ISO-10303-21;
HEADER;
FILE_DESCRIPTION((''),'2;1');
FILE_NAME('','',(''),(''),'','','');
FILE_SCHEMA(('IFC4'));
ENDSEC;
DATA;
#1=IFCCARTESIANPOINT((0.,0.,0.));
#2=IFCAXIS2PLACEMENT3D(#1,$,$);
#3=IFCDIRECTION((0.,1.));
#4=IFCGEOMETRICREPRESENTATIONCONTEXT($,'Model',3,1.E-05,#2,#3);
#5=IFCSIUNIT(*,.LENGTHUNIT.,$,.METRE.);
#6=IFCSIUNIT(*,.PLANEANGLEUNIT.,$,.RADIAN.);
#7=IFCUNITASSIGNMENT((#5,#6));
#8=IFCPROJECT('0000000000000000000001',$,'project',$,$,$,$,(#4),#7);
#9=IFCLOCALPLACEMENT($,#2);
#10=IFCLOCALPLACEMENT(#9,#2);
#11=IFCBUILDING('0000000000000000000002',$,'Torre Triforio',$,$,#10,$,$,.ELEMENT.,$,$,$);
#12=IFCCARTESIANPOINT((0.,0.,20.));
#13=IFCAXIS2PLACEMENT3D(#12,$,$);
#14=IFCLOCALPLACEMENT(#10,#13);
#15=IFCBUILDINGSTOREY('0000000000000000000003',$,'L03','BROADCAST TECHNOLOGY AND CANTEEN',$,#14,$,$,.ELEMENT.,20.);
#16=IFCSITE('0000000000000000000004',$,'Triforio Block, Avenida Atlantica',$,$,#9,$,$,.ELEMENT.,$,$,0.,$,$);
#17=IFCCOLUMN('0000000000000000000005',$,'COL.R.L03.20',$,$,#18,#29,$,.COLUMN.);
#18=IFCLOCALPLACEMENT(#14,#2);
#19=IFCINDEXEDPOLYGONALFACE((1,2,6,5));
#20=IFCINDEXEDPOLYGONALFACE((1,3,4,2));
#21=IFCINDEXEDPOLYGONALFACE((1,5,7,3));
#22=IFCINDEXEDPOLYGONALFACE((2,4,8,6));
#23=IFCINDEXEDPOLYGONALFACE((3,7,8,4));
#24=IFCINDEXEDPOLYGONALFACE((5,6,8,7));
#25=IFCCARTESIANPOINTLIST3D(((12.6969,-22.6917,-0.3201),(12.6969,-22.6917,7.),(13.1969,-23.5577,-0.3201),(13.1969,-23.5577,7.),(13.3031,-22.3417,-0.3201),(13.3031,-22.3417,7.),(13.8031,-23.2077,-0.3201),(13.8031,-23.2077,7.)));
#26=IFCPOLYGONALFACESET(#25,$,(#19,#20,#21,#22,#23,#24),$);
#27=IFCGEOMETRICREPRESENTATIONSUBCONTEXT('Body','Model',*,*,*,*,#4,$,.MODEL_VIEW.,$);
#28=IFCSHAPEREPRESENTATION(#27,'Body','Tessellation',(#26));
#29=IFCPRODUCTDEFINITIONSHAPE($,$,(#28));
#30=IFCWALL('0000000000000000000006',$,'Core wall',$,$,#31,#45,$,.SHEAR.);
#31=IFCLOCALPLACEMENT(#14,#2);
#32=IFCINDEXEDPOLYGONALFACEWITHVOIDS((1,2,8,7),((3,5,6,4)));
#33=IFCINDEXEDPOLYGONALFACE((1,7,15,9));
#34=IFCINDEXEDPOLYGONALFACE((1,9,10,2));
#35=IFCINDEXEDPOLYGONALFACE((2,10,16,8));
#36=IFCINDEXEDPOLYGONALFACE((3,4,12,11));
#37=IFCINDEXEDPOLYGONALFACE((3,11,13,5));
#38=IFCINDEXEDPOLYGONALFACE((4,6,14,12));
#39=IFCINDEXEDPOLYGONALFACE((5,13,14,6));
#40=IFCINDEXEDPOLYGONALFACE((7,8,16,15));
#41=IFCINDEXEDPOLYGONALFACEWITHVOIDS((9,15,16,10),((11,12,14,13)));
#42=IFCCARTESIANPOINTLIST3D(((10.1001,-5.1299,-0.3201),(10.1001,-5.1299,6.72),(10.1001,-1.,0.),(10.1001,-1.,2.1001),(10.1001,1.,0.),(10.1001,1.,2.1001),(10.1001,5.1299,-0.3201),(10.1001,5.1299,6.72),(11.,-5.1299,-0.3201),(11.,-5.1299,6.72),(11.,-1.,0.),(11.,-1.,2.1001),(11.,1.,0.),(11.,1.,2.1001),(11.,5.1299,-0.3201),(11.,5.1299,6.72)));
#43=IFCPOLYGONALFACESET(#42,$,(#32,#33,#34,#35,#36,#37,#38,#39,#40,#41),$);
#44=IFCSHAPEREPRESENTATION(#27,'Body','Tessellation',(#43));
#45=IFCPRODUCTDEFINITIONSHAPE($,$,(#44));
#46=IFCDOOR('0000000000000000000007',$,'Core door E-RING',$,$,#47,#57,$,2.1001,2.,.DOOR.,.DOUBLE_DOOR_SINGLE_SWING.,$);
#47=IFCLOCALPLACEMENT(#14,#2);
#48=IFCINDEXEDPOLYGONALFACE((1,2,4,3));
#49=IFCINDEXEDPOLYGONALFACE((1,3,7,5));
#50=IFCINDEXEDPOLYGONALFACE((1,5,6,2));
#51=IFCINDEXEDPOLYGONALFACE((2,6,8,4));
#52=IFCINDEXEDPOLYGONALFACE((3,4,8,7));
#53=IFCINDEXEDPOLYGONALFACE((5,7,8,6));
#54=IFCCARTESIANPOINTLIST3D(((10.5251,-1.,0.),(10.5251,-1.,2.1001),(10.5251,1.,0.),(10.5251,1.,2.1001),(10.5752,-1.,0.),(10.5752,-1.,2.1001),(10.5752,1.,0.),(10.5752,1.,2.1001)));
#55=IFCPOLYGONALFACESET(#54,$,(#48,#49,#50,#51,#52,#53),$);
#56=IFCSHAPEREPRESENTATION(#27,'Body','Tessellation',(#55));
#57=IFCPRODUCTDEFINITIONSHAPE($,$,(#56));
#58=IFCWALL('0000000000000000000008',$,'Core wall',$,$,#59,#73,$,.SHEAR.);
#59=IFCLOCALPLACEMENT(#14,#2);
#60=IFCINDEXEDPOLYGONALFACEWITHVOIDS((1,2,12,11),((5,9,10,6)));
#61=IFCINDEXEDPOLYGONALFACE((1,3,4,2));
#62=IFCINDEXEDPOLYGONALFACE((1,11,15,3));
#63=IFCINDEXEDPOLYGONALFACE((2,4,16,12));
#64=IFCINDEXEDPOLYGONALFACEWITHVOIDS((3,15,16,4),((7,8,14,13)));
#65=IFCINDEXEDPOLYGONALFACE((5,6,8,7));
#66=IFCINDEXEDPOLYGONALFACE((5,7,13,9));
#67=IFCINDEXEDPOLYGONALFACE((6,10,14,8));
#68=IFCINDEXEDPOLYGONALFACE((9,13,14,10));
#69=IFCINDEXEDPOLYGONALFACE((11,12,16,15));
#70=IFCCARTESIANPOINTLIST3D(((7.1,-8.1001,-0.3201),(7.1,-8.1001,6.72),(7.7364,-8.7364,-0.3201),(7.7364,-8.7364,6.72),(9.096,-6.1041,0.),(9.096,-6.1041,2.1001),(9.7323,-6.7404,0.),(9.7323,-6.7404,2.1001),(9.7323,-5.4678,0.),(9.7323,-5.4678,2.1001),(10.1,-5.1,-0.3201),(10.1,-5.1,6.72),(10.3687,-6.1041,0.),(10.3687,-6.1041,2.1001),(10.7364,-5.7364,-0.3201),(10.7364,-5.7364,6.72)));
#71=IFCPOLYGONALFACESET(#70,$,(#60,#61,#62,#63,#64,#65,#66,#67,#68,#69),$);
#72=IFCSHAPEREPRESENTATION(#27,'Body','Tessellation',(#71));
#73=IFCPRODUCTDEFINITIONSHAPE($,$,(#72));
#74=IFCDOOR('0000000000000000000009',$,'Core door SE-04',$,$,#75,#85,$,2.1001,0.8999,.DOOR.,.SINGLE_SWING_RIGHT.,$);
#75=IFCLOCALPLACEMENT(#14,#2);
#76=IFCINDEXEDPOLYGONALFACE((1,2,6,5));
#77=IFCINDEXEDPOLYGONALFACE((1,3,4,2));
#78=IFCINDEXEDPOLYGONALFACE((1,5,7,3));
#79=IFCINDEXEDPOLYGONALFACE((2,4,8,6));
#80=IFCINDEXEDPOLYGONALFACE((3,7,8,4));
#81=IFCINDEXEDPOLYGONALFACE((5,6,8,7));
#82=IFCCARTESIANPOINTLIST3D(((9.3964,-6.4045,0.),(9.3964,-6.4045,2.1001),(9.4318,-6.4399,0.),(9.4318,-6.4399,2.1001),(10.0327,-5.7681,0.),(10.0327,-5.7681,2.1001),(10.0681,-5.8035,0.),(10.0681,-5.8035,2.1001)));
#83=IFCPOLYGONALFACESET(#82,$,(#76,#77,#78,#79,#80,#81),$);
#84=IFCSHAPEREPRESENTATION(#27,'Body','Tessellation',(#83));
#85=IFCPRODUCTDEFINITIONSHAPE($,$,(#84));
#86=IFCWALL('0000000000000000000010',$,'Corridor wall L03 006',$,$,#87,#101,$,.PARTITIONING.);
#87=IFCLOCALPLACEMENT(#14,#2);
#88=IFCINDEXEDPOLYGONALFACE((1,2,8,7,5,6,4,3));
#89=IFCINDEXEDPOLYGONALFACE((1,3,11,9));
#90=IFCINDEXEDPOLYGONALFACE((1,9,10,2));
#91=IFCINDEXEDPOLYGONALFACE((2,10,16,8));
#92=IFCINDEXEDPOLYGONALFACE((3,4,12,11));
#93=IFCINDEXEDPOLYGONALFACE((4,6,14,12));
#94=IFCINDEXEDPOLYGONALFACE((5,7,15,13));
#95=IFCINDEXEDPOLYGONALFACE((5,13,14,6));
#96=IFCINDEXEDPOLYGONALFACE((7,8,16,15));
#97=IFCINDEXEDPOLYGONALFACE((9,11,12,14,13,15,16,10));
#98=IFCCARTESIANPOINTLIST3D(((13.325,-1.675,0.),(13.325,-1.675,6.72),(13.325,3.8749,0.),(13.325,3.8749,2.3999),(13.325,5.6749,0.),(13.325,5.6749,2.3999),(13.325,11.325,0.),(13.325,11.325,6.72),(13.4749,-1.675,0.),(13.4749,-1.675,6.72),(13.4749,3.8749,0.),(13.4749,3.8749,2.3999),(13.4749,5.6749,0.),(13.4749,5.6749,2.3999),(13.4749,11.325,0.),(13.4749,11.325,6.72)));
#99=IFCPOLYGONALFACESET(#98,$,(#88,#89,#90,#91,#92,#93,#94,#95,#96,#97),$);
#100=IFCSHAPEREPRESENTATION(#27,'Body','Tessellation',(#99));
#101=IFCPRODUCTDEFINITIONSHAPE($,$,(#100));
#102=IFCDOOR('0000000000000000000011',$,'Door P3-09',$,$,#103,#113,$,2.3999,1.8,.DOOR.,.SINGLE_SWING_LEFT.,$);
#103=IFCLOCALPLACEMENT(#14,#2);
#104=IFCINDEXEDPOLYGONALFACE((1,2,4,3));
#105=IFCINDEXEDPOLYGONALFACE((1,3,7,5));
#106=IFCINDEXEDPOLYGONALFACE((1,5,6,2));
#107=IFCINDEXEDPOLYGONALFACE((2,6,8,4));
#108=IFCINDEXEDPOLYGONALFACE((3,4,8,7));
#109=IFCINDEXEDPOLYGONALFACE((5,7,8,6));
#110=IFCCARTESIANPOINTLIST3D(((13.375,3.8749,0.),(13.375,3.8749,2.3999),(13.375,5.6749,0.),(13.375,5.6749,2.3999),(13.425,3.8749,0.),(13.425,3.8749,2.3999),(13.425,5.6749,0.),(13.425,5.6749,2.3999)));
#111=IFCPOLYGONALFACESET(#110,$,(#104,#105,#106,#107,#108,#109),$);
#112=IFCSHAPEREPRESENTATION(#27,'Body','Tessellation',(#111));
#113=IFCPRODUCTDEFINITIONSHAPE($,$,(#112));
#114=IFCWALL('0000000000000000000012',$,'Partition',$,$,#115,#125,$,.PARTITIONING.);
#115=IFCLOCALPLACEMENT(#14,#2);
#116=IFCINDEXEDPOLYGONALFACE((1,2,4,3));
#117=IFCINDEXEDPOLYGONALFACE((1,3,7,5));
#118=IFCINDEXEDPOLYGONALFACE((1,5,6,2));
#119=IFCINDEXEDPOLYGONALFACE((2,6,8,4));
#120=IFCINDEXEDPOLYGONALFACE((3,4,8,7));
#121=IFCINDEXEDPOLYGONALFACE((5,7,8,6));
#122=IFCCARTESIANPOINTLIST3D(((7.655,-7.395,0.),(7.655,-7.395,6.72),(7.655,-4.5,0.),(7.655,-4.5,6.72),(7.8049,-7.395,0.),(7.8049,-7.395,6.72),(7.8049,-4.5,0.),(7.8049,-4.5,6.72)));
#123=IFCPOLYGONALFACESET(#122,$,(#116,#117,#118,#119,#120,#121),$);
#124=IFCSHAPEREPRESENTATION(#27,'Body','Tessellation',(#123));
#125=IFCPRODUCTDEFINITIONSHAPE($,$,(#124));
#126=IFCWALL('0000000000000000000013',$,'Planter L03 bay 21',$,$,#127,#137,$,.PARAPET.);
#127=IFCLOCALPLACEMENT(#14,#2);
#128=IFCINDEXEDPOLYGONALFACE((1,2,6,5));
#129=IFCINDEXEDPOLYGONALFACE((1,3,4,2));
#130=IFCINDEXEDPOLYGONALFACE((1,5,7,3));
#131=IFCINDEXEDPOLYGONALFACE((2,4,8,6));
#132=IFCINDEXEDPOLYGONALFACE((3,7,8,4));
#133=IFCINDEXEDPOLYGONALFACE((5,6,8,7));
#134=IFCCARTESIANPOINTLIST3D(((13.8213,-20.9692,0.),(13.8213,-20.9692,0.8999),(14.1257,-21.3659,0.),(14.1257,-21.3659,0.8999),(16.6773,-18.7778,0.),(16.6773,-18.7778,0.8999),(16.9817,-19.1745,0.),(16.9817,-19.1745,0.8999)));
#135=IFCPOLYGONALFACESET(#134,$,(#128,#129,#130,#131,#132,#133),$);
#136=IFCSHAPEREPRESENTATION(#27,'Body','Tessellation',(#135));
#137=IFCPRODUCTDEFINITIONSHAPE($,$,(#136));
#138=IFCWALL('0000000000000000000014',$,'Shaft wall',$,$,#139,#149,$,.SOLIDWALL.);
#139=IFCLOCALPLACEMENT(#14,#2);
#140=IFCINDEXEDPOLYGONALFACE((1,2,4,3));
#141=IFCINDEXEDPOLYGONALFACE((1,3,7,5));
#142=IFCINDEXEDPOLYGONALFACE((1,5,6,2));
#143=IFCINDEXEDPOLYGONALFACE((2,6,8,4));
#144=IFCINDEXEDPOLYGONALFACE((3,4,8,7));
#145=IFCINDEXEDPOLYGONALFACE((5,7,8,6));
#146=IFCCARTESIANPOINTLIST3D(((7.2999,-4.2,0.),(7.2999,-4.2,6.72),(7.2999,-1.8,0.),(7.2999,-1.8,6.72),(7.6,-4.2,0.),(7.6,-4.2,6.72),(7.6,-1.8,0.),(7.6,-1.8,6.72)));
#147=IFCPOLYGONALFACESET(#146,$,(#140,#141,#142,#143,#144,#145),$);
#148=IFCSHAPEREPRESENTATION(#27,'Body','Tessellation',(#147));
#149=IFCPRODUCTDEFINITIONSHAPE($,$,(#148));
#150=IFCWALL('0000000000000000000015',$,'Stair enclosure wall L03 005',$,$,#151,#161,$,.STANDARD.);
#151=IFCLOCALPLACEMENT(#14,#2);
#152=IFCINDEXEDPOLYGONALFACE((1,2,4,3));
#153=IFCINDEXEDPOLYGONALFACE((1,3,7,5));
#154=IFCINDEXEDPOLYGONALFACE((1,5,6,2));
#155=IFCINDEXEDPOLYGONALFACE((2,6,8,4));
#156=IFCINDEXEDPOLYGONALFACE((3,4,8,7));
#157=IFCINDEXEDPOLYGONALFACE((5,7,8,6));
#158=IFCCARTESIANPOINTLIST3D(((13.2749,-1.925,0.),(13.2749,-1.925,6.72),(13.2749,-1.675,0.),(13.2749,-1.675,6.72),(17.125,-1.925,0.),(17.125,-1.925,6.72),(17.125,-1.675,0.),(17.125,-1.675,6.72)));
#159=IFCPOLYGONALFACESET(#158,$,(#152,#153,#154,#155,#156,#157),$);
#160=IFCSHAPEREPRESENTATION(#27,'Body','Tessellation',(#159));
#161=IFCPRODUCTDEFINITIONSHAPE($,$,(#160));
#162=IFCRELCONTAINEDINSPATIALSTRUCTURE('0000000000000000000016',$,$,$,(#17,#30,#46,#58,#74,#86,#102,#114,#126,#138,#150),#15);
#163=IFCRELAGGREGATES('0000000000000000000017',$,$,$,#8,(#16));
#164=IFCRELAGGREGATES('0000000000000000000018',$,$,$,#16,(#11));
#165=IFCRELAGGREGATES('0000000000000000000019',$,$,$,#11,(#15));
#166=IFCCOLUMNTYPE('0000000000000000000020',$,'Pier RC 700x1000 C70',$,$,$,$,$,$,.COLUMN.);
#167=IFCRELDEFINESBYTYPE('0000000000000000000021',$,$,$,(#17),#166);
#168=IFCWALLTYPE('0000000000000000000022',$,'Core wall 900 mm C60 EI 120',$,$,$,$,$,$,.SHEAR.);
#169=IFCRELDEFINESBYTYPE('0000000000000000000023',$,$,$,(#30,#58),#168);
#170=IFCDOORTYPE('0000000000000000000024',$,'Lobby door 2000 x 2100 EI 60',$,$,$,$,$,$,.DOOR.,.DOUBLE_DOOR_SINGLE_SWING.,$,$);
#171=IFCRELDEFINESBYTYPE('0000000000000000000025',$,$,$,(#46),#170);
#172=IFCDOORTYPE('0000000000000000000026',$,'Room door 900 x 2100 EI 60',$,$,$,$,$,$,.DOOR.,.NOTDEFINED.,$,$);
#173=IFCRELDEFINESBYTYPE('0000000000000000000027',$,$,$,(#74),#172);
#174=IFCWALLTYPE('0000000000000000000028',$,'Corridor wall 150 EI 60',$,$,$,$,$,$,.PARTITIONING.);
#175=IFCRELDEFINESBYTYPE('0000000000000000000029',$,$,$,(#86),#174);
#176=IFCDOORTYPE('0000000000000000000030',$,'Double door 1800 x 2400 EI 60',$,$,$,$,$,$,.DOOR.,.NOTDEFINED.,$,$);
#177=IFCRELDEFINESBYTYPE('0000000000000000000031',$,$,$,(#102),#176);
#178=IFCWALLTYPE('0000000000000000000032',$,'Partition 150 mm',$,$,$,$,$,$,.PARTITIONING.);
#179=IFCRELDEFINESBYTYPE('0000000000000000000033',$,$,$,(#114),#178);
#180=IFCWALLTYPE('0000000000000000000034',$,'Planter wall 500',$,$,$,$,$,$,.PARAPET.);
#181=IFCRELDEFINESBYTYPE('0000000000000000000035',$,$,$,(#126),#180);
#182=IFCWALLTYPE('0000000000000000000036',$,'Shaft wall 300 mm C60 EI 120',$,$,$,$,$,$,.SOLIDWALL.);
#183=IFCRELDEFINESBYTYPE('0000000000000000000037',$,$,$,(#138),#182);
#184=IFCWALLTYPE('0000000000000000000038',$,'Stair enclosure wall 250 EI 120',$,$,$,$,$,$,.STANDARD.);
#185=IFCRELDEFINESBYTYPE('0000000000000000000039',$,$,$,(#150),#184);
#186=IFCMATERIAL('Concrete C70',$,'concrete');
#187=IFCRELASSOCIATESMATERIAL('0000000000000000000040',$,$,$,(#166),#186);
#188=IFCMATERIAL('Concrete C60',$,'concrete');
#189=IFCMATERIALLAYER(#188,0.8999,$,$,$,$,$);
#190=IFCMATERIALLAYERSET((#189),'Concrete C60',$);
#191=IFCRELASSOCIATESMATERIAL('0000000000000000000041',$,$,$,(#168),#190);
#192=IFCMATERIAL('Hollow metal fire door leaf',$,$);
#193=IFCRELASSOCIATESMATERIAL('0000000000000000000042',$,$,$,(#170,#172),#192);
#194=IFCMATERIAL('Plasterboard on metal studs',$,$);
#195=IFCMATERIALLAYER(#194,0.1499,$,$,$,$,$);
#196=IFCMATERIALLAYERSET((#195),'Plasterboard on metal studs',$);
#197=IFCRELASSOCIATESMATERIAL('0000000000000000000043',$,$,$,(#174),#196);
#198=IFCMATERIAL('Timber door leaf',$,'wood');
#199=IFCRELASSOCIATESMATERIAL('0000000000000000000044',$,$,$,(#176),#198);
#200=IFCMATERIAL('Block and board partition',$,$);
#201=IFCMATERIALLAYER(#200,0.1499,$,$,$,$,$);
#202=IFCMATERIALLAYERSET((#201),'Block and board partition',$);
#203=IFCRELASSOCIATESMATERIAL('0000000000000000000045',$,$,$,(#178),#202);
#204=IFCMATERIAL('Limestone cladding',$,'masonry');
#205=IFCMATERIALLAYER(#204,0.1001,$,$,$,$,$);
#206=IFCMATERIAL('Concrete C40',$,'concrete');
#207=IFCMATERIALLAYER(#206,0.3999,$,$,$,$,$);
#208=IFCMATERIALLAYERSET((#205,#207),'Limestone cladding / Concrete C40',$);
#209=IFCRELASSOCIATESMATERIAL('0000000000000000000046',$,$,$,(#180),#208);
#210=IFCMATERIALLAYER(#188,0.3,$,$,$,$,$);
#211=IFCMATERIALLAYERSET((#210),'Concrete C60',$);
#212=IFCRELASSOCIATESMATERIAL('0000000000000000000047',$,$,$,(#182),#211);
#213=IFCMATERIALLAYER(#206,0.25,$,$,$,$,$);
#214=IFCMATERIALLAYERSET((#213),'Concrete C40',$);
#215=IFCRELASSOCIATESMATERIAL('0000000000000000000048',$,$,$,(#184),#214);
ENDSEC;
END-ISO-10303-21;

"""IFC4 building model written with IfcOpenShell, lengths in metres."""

from ifc_helpers import new_model, si_unit, direction, frame, frame_2d, origin, origin_2d, place, context, subcontext, project, spatial, rectangle, extrude, material, layer, layer_set, material_profile, profile_set, type_object, element, fill, save


model = new_model("IFC4")

# Units and contexts
model_context = context("Model", 3, precision=1e-05, world=origin(), true_north=direction((0.0, 1.0)))
body_context = subcontext(model_context, "Body", "Model", "MODEL_VIEW")
ifc_project = project(units=[si_unit("LENGTHUNIT", "METRE"), si_unit("PLANEANGLEUNIT", "RADIAN")], contexts=[model_context])

# Site, building, storey
site_placement = place(None, origin())
site = spatial("IfcSite", under=ifc_project, at=site_placement, Name="Triforio Block, Avenida Atlantica", CompositionType="ELEMENT", RefElevation=0.0)
building_placement = place(site_placement, origin())
building = spatial("IfcBuilding", under=site, at=building_placement, Name="Torre Triforio", CompositionType="ELEMENT")
storey_placement = place(building_placement, frame((0.0, 0.0, 20.0)))
storey = spatial("IfcBuildingStorey", under=building, at=storey_placement, Name="L03", Description="BROADCAST TECHNOLOGY AND CANTEEN", CompositionType="ELEMENT", Elevation=20.0)

# Column
ifc_material_1 = material(Name="Concrete C70", Category="concrete")
ifc_material_profile_1 = material_profile(ifc_material_1, rectangle(XDim=0.7, YDim=1.0, at=origin_2d()), Name="RC 700x1000")
ifc_profile_set_1 = profile_set([ifc_material_profile_1], Name="Concrete C70")
column_type = type_object("IfcColumnType", Name="Pier RC 700x1000 C70", PredefinedType="COLUMN", material=ifc_profile_set_1)
column_placement = place(storey_placement, frame((13.25, -22.9497, -0.3201), z_axis=(0.0, 0.0, 1.0), x_axis=(0.866025, 0.5, 0.0)))
element("IfcColumn", 1, at=column_placement, inside=storey, type_object=column_type, Name="COL.R.L03.20", PredefinedType="COLUMN", context=body_context, shape_type="SweptSolid", body=[
    extrude(rectangle(XDim=0.7, YDim=1.0, at=origin_2d()), origin(), (0.0, 0.0, 1.0), 7.3201),
])

# Walls, openings, doors
ifc_material_2 = material(Name="Concrete C60", Category="concrete")
ifc_layer_1 = layer(ifc_material_2, 0.8999)
ifc_layer_set_1 = layer_set([ifc_layer_1], Name="Concrete C60")
wall_type_1 = type_object("IfcWallType", Name="Core wall 900 mm C60 EI 120", PredefinedType="SHEAR", material=ifc_layer_set_1)
wall_1_placement = place(storey_placement, frame((10.55, -5.1299, -0.3201), z_axis=(0.0, 0.0, 1.0), x_axis=(0.0, 1.0, 0.0)))
wall_1 = element("IfcWall", 2, at=wall_1_placement, inside=storey, type_object=wall_type_1, Name="Core wall", PredefinedType="SHEAR", context=body_context, shape_type="SweptSolid", body=[
    extrude(rectangle(XDim=10.2598, YDim=0.8999, at=frame_2d((5.1299, 0.0))), origin(), (0.0, 0.0, 1.0), 7.04),
])
opening_1_placement = place(wall_1_placement, frame((4.1299, 0.0, 0.3201)))
opening_1 = element("IfcOpeningElement", 3, at=opening_1_placement, cuts=wall_1, PredefinedType="OPENING", context=body_context, shape_type="SweptSolid", body=[
    extrude(rectangle(XDim=2.0, YDim=2.1001, at=frame_2d((1.0, 1.05))), frame((0.0, 0.46, 0.0), z_axis=(0.0, -1.0, 0.0), x_axis=(1.0, 0.0, 0.0)), (0.0, 0.0, 1.0), 0.9199),
])
ifc_material_3 = material(Name="Hollow metal fire door leaf")
door_type_1 = type_object("IfcDoorType", Name="Lobby door 2000 x 2100 EI 60", OperationType="DOUBLE_DOOR_SINGLE_SWING", PredefinedType="DOOR", material=ifc_material_3)
door_1_placement = place(opening_1_placement, origin())
door_1 = element("IfcDoor", 4, at=door_1_placement, inside=storey, type_object=door_type_1, Name="Core door E-RING", OperationType="DOUBLE_DOOR_SINGLE_SWING", OverallHeight=2.1001, OverallWidth=2.0, PredefinedType="DOOR", context=body_context, shape_type="SweptSolid", body=[
    extrude(rectangle(XDim=2.0, YDim=2.1001, at=frame_2d((1.0, 1.05))), frame((0.0, 0.0249, 0.0), z_axis=(0.0, -1.0, 0.0), x_axis=(1.0, 0.0, 0.0)), (0.0, 0.0, 1.0), 0.05),
])
fill(opening_1, door_1)
wall_2_placement = place(storey_placement, frame((10.4182, -5.4182, -0.3201), z_axis=(0.0, 0.0, 1.0), x_axis=(-0.707107, -0.707107, 0.0)))
wall_2 = element("IfcWall", 5, at=wall_2_placement, inside=storey, type_object=wall_type_1, Name="Core wall", PredefinedType="SHEAR", context=body_context, shape_type="SweptSolid", body=[
    extrude(rectangle(XDim=4.2427, YDim=0.8999, at=frame_2d((2.1213, 0.0))), origin(), (0.0, 0.0, 1.0), 7.04),
])
opening_2_placement = place(wall_2_placement, frame((0.52, 0.0, 0.3201)))
opening_2 = element("IfcOpeningElement", 6, at=opening_2_placement, cuts=wall_2, PredefinedType="OPENING", context=body_context, shape_type="SweptSolid", body=[
    extrude(rectangle(XDim=0.8999, YDim=2.1001, at=frame_2d((0.45, 1.05))), frame((0.0, 0.46, 0.0), z_axis=(0.0, -1.0, 0.0), x_axis=(1.0, 0.0, 0.0)), (0.0, 0.0, 1.0), 0.9199),
])
door_type_2 = type_object("IfcDoorType", Name="Room door 900 x 2100 EI 60", OperationType="NOTDEFINED", PredefinedType="DOOR", material=ifc_material_3)
door_2_placement = place(opening_2_placement, origin())
door_2 = element("IfcDoor", 7, at=door_2_placement, inside=storey, type_object=door_type_2, Name="Core door SE-04", OperationType="SINGLE_SWING_RIGHT", OverallHeight=2.1001, OverallWidth=0.8999, PredefinedType="DOOR", context=body_context, shape_type="SweptSolid", body=[
    extrude(rectangle(XDim=0.8999, YDim=2.1001, at=frame_2d((0.45, 1.05))), frame((0.0, 0.0249, 0.0), z_axis=(0.0, -1.0, 0.0), x_axis=(1.0, 0.0, 0.0)), (0.0, 0.0, 1.0), 0.05),
])
fill(opening_2, door_2)
ifc_material_4 = material(Name="Plasterboard on metal studs")
ifc_layer_2 = layer(ifc_material_4, 0.1499)
ifc_layer_set_2 = layer_set([ifc_layer_2], Name="Plasterboard on metal studs")
wall_type_2 = type_object("IfcWallType", Name="Corridor wall 150 EI 60", PredefinedType="PARTITIONING", material=ifc_layer_set_2)
wall_3_placement = place(storey_placement, frame((13.3999, -1.675, 0.0), z_axis=(0.0, 0.0, 1.0), x_axis=(0.0, 1.0, 0.0)))
wall_3 = element("IfcWall", 8, at=wall_3_placement, inside=storey, type_object=wall_type_2, Name="Corridor wall L03 006", PredefinedType="PARTITIONING", context=body_context, shape_type="SweptSolid", body=[
    extrude(rectangle(XDim=13.0, YDim=0.1499, at=frame_2d((6.5, 0.0))), origin(), (0.0, 0.0, 1.0), 6.72),
])
opening_3_placement = place(wall_3_placement, frame((5.55, 0.0, 0.0)))
opening_3 = element("IfcOpeningElement", 9, at=opening_3_placement, cuts=wall_3, PredefinedType="OPENING", context=body_context, shape_type="SweptSolid", body=[
    extrude(rectangle(XDim=1.8, YDim=2.3999, at=frame_2d((0.8999, 1.2))), frame((0.0, 0.085, 0.0), z_axis=(0.0, -1.0, 0.0), x_axis=(1.0, 0.0, 0.0)), (0.0, 0.0, 1.0), 0.1699),
])
ifc_material_5 = material(Name="Timber door leaf", Category="wood")
door_type_3 = type_object("IfcDoorType", Name="Double door 1800 x 2400 EI 60", OperationType="NOTDEFINED", PredefinedType="DOOR", material=ifc_material_5)
door_3_placement = place(opening_3_placement, origin())
door_3 = element("IfcDoor", 10, at=door_3_placement, inside=storey, type_object=door_type_3, Name="Door P3-09", OperationType="SINGLE_SWING_LEFT", OverallHeight=2.3999, OverallWidth=1.8, PredefinedType="DOOR", context=body_context, shape_type="SweptSolid", body=[
    extrude(rectangle(XDim=1.8, YDim=2.3999, at=frame_2d((0.8999, 1.2))), frame((0.0, 0.0249, 0.0), z_axis=(0.0, -1.0, 0.0), x_axis=(1.0, 0.0, 0.0)), (0.0, 0.0, 1.0), 0.05),
])
fill(opening_3, door_3)

# Walls
ifc_material_6 = material(Name="Block and board partition")
ifc_layer_3 = layer(ifc_material_6, 0.1499)
ifc_layer_set_3 = layer_set([ifc_layer_3], Name="Block and board partition")
wall_type_3 = type_object("IfcWallType", Name="Partition 150 mm", PredefinedType="PARTITIONING", material=ifc_layer_set_3)
wall_4_placement = place(storey_placement, frame((7.73, -7.395, 0.0), z_axis=(0.0, 0.0, 1.0), x_axis=(0.0, 1.0, 0.0)))
element("IfcWall", 11, at=wall_4_placement, inside=storey, type_object=wall_type_3, Name="Partition", PredefinedType="PARTITIONING", context=body_context, shape_type="SweptSolid", body=[
    extrude(rectangle(XDim=2.895, YDim=0.1499, at=frame_2d((1.4475, 0.0))), origin(), (0.0, 0.0, 1.0), 6.72),
])
ifc_material_7 = material(Name="Limestone cladding", Category="masonry")
ifc_layer_4 = layer(ifc_material_7, 0.1001)
ifc_material_8 = material(Name="Concrete C40", Category="concrete")
ifc_layer_5 = layer(ifc_material_8, 0.3999)
ifc_layer_set_4 = layer_set([ifc_layer_4, ifc_layer_5], Name="Limestone cladding / Concrete C40")
wall_type_4 = type_object("IfcWallType", Name="Planter wall 500", PredefinedType="PARAPET", material=ifc_layer_set_4)
wall_5_placement = place(storey_placement, frame((13.9736, -21.1675, 0.0), z_axis=(0.0, 0.0, 1.0), x_axis=(0.79336, 0.608753, 0.0)))
element("IfcWall", 12, at=wall_5_placement, inside=storey, type_object=wall_type_4, Name="Planter L03 bay 21", PredefinedType="PARAPET", context=body_context, shape_type="SweptSolid", body=[
    extrude(rectangle(XDim=3.5999, YDim=0.5, at=frame_2d((1.7998, 0.0))), origin(), (0.0, 0.0, 1.0), 0.8999),
])
ifc_layer_6 = layer(ifc_material_2, 0.3)
ifc_layer_set_5 = layer_set([ifc_layer_6], Name="Concrete C60")
wall_type_5 = type_object("IfcWallType", Name="Shaft wall 300 mm C60 EI 120", PredefinedType="SOLIDWALL", material=ifc_layer_set_5)
wall_6_placement = place(storey_placement, frame((7.45, -4.2, 0.0), z_axis=(0.0, 0.0, 1.0), x_axis=(0.0, 1.0, 0.0)))
element("IfcWall", 13, at=wall_6_placement, inside=storey, type_object=wall_type_5, Name="Shaft wall", PredefinedType="SOLIDWALL", context=body_context, shape_type="SweptSolid", body=[
    extrude(rectangle(XDim=2.3999, YDim=0.3, at=frame_2d((1.2, 0.0))), origin(), (0.0, 0.0, 1.0), 6.72),
])
ifc_layer_7 = layer(ifc_material_8, 0.25)
ifc_layer_set_6 = layer_set([ifc_layer_7], Name="Concrete C40")
wall_type_6 = type_object("IfcWallType", Name="Stair enclosure wall 250 EI 120", PredefinedType="STANDARD", material=ifc_layer_set_6)
wall_7_placement = place(storey_placement, frame((13.2749, -1.8, 0.0), z_axis=(0.0, 0.0, 1.0), x_axis=(1.0, 0.0, 0.0)))
element("IfcWall", 14, at=wall_7_placement, inside=storey, type_object=wall_type_6, Name="Stair enclosure wall L03 005", PredefinedType="STANDARD", context=body_context, shape_type="SweptSolid", body=[
    extrude(rectangle(XDim=3.8501, YDim=0.25, at=frame_2d((1.925, 0.0))), origin(), (0.0, 0.0, 1.0), 6.72),
])

save(model, "model.ifc")
